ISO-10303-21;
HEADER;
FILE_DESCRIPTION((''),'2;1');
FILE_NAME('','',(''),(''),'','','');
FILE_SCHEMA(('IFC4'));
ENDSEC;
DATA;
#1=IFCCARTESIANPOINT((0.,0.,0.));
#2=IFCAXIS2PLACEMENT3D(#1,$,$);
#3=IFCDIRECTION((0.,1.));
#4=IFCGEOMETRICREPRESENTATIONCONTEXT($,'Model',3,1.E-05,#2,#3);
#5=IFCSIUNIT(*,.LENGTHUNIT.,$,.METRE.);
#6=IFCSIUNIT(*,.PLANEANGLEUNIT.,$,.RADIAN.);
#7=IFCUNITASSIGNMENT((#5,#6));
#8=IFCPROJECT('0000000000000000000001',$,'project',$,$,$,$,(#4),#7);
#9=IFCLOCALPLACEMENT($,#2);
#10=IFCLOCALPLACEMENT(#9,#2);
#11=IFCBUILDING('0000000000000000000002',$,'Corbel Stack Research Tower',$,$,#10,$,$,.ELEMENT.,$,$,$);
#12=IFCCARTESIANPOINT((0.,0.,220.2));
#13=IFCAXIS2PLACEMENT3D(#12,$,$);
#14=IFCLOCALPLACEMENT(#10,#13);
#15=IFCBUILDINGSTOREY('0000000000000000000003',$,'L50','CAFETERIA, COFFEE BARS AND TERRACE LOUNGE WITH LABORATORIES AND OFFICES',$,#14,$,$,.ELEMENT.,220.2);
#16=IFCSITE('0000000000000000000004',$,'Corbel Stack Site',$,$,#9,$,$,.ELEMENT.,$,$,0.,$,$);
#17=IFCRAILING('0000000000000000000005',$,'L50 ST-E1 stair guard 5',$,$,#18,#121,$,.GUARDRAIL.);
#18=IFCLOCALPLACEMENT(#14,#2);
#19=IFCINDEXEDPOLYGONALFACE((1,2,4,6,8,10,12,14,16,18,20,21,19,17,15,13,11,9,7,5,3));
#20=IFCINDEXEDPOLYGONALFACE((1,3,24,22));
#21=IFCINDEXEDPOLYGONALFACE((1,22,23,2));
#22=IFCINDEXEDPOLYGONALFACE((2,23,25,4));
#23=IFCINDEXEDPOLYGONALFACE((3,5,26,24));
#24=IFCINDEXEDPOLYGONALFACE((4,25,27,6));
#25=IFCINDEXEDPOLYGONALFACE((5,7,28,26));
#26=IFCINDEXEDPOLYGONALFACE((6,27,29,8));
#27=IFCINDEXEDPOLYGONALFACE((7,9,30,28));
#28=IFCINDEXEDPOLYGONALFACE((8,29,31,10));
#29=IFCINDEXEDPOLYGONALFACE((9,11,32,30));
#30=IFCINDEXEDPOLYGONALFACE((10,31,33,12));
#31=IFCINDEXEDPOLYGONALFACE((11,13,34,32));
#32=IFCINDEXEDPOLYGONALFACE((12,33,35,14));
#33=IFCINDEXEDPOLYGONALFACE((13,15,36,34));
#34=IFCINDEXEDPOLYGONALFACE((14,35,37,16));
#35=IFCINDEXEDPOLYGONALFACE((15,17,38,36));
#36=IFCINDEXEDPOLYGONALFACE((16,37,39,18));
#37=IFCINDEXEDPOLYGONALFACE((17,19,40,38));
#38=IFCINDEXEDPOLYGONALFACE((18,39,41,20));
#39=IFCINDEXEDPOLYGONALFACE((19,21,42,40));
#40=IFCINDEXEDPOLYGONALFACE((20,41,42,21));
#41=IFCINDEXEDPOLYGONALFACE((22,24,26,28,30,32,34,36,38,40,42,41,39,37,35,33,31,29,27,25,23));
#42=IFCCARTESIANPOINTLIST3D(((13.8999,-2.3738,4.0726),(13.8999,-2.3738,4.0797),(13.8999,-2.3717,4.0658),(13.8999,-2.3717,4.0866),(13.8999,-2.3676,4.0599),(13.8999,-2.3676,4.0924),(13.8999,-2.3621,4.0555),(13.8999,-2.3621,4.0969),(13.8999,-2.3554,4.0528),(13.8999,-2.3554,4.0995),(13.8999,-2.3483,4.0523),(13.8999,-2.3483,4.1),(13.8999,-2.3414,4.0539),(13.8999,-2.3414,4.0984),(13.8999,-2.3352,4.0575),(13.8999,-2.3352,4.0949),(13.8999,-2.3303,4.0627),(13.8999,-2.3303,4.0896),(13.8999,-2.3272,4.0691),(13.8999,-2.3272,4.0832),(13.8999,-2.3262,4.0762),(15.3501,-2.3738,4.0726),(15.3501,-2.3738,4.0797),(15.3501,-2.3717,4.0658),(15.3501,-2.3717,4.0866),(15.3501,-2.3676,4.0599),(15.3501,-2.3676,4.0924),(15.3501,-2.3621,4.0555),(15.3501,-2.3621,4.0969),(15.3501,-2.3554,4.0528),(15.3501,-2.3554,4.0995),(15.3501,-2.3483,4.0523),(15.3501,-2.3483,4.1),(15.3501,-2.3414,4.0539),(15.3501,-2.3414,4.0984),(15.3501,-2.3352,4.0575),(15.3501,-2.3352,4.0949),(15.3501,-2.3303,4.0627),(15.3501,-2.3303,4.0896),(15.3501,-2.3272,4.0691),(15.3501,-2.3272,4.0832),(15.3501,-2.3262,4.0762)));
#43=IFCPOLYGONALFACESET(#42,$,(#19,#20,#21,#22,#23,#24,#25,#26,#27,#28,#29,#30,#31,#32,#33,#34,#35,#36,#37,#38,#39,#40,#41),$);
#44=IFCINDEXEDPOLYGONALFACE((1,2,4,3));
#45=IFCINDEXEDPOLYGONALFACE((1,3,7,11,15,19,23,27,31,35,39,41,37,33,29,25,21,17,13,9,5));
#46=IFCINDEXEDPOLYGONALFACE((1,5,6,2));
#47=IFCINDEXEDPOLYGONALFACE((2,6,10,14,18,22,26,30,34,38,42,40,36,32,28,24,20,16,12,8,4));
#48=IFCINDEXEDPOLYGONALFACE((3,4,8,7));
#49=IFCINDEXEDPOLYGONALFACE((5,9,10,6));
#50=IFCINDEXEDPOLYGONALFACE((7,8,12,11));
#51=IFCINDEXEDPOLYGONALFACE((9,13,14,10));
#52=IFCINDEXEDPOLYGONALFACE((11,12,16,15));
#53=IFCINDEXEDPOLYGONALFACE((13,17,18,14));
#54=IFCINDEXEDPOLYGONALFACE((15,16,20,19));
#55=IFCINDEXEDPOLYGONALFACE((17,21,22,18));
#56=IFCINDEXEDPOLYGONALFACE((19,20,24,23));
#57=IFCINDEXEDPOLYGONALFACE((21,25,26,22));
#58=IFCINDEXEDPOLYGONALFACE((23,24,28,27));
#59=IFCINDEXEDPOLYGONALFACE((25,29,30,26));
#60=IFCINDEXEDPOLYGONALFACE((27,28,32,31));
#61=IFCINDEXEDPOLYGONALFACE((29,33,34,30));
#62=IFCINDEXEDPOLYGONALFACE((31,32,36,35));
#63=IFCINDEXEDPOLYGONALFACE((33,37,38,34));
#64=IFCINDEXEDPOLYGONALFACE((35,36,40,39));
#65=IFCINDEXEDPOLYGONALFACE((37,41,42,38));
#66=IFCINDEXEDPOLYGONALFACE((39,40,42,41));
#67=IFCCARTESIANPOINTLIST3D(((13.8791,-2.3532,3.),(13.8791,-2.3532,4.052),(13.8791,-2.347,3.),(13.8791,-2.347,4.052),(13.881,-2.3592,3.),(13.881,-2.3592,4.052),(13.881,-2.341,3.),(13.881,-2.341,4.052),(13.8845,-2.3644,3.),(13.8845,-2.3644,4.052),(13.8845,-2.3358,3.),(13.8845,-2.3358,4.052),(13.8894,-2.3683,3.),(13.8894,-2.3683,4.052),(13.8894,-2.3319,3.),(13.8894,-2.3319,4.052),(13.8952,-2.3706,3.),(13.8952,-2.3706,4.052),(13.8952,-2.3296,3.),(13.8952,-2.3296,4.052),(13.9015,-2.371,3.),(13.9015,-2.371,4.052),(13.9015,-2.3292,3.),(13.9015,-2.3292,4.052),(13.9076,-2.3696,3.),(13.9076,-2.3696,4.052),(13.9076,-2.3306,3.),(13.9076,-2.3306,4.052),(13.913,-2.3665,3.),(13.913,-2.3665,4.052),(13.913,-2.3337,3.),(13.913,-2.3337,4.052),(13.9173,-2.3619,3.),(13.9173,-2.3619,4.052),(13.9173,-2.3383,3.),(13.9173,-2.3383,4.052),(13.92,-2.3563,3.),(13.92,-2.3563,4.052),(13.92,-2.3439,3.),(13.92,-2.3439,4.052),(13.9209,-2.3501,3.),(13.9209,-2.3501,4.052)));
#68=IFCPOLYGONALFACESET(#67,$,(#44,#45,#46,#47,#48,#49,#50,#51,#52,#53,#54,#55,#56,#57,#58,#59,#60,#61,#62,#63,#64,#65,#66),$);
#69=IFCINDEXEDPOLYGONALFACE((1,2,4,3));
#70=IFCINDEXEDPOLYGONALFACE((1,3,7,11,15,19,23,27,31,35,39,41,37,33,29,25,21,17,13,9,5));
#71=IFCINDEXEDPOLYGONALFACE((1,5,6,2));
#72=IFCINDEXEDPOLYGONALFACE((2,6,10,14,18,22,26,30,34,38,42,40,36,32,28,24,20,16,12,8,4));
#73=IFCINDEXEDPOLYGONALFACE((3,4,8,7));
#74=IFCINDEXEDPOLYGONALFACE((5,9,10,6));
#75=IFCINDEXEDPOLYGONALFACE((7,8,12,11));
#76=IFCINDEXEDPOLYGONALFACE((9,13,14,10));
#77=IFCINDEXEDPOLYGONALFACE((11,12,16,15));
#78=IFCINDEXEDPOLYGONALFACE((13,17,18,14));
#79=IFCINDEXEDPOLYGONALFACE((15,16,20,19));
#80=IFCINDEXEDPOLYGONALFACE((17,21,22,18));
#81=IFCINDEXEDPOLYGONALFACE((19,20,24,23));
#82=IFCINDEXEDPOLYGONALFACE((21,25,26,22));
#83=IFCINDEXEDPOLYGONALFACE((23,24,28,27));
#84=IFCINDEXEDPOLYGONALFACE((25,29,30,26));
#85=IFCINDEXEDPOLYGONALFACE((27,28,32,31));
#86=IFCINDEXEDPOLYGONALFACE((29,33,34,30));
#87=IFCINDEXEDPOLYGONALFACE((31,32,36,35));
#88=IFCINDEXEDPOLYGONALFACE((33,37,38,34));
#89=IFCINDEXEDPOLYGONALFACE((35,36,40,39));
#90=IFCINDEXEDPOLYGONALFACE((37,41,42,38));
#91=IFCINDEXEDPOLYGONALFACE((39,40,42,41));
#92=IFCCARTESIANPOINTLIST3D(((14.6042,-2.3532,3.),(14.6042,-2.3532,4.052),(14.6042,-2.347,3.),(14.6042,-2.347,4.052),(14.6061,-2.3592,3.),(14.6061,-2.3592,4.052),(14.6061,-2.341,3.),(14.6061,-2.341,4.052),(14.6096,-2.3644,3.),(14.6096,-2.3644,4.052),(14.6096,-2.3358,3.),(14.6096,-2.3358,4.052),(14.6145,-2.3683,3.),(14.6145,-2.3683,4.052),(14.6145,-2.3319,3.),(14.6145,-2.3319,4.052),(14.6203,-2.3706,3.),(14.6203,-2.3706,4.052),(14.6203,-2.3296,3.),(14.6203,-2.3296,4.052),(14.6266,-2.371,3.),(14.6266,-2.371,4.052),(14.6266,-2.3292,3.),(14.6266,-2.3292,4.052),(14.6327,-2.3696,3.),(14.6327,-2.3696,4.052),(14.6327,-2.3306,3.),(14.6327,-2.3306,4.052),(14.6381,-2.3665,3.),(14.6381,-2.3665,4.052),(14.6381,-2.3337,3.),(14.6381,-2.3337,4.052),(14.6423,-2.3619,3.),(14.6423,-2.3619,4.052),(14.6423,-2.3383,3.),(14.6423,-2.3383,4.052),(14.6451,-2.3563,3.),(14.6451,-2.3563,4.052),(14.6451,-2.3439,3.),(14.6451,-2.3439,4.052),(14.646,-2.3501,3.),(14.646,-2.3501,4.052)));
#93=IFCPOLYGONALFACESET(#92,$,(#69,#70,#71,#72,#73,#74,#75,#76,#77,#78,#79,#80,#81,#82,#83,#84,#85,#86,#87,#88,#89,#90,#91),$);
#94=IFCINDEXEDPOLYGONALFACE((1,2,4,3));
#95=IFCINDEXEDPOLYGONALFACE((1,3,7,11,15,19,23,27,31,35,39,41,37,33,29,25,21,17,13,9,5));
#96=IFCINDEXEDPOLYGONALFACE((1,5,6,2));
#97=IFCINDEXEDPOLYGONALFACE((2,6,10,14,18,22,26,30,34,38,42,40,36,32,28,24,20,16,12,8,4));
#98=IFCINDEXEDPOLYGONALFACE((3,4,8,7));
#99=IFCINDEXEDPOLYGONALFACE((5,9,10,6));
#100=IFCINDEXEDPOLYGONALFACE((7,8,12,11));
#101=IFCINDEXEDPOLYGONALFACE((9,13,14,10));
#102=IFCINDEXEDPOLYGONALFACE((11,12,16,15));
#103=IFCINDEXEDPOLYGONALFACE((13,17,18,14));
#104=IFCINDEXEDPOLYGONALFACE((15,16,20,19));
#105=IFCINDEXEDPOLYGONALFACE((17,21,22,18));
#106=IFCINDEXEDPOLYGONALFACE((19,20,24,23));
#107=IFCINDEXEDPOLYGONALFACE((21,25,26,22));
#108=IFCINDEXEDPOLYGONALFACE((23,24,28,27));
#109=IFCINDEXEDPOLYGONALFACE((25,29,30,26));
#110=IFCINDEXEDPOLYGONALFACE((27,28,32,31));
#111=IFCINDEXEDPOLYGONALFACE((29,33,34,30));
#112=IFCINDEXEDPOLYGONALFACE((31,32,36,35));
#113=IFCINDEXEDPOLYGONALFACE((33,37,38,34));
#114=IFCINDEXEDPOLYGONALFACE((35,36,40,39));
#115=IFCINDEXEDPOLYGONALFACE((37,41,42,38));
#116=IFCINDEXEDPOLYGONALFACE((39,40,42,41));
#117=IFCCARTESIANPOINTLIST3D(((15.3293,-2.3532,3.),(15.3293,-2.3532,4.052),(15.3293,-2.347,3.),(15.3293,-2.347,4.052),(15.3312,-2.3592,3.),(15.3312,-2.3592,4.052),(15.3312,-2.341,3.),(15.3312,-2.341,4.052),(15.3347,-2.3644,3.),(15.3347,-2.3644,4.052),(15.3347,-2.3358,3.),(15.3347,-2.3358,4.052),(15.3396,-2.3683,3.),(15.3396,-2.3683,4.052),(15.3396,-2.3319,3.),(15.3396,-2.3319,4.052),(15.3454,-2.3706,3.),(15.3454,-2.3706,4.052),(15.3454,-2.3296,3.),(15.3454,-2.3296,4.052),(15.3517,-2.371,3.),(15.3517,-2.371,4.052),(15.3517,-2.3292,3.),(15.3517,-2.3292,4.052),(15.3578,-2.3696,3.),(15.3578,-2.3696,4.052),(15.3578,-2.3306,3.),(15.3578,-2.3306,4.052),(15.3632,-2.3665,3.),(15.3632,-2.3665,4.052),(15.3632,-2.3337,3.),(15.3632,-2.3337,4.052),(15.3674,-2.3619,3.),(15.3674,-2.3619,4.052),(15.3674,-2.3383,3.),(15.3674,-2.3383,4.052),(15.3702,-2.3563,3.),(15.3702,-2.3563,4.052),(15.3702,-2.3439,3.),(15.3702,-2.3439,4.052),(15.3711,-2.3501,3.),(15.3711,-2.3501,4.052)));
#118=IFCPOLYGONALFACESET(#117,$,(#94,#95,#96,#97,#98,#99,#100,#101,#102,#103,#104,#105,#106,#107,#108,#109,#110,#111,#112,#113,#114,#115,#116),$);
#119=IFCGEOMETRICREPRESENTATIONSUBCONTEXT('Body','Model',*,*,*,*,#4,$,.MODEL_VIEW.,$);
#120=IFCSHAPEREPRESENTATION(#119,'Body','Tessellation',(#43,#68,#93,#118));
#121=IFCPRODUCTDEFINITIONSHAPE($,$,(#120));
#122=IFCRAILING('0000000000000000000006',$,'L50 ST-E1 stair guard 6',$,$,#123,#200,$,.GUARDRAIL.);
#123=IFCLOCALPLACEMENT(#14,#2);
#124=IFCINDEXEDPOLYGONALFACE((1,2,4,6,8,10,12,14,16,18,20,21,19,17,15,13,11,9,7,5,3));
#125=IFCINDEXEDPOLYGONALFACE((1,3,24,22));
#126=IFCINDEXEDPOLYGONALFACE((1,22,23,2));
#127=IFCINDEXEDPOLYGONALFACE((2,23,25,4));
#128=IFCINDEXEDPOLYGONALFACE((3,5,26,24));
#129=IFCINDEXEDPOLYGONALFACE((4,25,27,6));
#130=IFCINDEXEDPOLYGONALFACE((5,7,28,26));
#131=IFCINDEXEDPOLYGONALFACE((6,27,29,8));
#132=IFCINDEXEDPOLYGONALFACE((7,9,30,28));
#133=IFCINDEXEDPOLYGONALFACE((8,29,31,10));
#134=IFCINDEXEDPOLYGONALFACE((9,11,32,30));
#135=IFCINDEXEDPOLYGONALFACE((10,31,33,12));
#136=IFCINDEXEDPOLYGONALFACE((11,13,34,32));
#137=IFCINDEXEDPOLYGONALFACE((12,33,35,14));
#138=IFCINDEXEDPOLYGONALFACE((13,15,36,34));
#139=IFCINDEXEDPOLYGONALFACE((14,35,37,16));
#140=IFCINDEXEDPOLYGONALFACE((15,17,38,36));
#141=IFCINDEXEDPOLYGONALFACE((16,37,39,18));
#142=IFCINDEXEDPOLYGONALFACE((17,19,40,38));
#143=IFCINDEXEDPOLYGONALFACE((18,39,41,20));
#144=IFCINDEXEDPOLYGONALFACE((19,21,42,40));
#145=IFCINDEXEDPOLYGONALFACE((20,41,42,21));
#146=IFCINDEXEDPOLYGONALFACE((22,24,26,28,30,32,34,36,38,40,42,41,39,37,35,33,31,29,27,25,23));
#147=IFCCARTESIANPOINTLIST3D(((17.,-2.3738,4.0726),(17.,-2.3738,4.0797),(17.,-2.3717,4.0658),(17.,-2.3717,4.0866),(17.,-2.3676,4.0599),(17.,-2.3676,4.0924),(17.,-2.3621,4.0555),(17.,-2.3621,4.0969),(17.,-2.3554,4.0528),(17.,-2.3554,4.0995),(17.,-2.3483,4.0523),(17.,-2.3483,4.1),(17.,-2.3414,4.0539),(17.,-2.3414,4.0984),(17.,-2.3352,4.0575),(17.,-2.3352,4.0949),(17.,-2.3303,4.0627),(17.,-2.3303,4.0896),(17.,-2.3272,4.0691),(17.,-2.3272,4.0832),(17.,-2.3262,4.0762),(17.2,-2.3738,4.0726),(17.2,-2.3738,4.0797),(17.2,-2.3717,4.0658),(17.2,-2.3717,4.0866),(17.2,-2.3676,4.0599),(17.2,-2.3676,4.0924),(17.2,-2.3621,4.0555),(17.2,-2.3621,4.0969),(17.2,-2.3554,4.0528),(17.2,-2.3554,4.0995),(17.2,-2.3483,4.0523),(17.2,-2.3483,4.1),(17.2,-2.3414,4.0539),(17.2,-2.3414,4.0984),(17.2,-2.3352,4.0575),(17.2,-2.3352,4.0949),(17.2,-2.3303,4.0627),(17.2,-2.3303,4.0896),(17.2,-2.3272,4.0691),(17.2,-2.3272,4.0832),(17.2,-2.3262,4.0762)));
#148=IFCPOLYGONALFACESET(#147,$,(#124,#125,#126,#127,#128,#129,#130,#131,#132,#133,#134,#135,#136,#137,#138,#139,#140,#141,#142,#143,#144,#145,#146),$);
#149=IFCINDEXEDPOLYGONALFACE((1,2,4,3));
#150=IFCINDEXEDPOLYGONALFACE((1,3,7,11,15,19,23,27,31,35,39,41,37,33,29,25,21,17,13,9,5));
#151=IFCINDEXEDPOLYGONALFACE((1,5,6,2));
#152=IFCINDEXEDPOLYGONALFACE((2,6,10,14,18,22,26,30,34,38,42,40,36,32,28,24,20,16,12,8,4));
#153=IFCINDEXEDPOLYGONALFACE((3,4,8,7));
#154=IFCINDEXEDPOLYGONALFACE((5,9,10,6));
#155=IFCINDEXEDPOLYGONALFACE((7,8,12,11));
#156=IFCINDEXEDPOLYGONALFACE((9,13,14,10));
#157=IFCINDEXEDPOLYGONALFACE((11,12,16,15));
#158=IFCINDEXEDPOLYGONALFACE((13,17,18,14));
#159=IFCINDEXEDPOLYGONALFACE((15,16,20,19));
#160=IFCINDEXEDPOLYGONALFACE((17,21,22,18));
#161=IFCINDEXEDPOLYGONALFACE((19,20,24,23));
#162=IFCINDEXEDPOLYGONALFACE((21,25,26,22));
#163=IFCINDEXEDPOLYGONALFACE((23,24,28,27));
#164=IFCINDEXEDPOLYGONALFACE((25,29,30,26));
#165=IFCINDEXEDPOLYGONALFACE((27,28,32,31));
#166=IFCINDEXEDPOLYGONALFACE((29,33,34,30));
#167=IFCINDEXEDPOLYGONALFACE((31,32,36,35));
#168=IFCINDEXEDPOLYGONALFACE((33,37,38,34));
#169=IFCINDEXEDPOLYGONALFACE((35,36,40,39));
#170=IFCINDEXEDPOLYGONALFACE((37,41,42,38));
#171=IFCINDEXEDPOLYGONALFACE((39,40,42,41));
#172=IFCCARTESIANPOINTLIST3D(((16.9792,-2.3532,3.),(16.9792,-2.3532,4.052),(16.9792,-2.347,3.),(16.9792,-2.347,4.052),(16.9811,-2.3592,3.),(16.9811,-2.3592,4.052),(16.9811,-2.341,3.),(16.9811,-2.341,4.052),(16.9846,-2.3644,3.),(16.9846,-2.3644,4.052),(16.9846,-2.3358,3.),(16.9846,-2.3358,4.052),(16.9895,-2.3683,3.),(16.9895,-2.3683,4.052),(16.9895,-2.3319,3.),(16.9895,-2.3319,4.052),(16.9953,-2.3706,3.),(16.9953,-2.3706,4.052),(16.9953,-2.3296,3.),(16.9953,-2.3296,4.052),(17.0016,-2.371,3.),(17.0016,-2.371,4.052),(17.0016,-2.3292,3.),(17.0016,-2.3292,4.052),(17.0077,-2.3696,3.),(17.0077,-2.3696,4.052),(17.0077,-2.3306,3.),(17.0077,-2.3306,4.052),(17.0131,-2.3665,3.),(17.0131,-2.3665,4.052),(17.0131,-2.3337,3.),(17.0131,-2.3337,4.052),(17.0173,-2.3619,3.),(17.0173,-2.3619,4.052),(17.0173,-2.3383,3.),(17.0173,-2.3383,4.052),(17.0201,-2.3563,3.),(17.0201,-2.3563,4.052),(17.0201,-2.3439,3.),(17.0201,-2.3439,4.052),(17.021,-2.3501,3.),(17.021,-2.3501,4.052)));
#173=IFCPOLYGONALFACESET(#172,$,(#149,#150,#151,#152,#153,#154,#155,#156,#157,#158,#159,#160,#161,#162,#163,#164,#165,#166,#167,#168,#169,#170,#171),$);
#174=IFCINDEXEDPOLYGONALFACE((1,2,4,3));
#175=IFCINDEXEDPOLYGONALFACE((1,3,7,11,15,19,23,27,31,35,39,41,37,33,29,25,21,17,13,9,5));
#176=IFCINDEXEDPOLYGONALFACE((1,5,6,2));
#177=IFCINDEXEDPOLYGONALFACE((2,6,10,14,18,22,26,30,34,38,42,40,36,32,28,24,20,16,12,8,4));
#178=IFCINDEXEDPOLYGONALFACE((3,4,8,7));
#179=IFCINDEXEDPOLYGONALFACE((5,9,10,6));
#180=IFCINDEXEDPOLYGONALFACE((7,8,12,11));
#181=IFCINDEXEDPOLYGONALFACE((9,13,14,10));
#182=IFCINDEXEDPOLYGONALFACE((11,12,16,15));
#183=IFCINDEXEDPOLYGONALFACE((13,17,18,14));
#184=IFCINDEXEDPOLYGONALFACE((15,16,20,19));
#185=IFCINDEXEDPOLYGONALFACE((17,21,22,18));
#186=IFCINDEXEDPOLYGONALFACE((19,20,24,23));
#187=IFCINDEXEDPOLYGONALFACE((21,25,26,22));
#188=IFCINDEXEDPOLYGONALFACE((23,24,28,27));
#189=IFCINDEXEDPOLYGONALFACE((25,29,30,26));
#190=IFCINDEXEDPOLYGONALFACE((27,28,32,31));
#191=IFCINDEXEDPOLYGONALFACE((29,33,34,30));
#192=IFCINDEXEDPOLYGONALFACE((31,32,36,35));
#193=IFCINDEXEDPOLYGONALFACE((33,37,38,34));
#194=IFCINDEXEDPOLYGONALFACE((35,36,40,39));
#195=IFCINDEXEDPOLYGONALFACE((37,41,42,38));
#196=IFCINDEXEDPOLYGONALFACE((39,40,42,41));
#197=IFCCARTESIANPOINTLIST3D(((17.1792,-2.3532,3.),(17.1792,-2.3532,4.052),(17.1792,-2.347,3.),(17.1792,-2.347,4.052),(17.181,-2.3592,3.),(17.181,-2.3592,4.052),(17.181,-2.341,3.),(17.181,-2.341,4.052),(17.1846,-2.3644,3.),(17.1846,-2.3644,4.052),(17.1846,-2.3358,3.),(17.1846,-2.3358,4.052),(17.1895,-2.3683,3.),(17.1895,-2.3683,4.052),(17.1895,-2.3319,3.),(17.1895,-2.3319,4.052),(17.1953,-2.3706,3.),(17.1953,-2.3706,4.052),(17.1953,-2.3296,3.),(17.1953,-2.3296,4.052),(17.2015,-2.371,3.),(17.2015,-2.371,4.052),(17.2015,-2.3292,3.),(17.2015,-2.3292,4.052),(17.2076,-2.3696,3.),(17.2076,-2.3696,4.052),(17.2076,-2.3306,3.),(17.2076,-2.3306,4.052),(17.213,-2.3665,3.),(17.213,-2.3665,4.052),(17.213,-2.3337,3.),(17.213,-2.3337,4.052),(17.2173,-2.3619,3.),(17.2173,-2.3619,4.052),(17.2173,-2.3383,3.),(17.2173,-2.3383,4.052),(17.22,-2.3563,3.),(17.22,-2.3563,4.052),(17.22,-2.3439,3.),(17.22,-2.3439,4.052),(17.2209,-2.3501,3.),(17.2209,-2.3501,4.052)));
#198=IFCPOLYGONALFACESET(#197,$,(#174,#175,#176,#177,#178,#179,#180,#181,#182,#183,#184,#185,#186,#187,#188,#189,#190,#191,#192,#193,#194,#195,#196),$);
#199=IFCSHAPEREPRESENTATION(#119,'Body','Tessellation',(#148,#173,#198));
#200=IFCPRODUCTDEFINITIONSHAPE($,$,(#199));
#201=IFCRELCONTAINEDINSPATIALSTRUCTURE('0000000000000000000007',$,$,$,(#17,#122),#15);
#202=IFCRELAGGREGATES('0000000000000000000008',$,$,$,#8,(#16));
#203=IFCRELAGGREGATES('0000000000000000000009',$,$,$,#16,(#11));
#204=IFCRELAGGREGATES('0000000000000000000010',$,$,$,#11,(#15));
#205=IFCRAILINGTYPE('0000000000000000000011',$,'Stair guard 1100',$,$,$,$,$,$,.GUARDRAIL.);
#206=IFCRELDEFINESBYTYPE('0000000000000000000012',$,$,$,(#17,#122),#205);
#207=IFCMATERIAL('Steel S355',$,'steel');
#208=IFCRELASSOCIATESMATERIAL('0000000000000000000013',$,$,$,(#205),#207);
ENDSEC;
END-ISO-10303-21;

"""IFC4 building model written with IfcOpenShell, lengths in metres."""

from ifc_helpers import new_model, si_unit, direction, frame, origin, origin_2d, place, context, subcontext, project, spatial, circle, extrude, material, type_object, element, save


model = new_model("IFC4")

# Units and contexts
model_context = context("Model", 3, precision=1e-05, world=origin(), true_north=direction((0.0, 1.0)))
body_context = subcontext(model_context, "Body", "Model", "MODEL_VIEW")
ifc_project = project(units=[si_unit("LENGTHUNIT", "METRE"), si_unit("PLANEANGLEUNIT", "RADIAN")], contexts=[model_context])

# Site, building, storey
site_placement = place(None, origin())
site = spatial("IfcSite", under=ifc_project, at=site_placement, Name="Corbel Stack Site", CompositionType="ELEMENT", RefElevation=0.0)
building_placement = place(site_placement, origin())
building = spatial("IfcBuilding", under=site, at=building_placement, Name="Corbel Stack Research Tower", CompositionType="ELEMENT")
storey_placement = place(building_placement, frame((0.0, 0.0, 220.2)))
storey = spatial("IfcBuildingStorey", under=building, at=storey_placement, Name="L50", Description="CAFETERIA, COFFEE BARS AND TERRACE LOUNGE WITH LABORATORIES AND OFFICES", CompositionType="ELEMENT", Elevation=220.2)

# Railings
ifc_material_1 = material(Name="Steel S355", Category="steel")
railing_type_1 = type_object("IfcRailingType", Name="Stair guard 1100", PredefinedType="GUARDRAIL", material=ifc_material_1)
railing_1_placement = place(storey_placement, frame((13.8999, -2.3501, 3.0)))
element("IfcRailing", 1, at=railing_1_placement, inside=storey, type_object=railing_type_1, Name="L50 ST-E1 stair guard 5", PredefinedType="GUARDRAIL", context=body_context, shape_type="SweptSolid", body=[
    extrude(circle(Radius=0.0239, at=origin_2d()), frame((0.0, 0.0, 1.0762), z_axis=(1.0, 0.0, 0.0), x_axis=(0.0, 1.0, 0.0)), (0.0, 0.0, 1.0), 1.4502),
    extrude(circle(Radius=0.021, at=origin_2d()), origin(), (0.0, 0.0, 1.0), 1.052),
    extrude(circle(Radius=0.021, at=origin_2d()), frame((0.7251, 0.0, 0.0)), (0.0, 0.0, 1.0), 1.052),
    extrude(circle(Radius=0.021, at=origin_2d()), frame((1.4502, 0.0, 0.0)), (0.0, 0.0, 1.0), 1.052),
])
railing_2_placement = place(storey_placement, frame((17.0, -2.3501, 3.0)))
element("IfcRailing", 2, at=railing_2_placement, inside=storey, type_object=railing_type_1, Name="L50 ST-E1 stair guard 6", PredefinedType="GUARDRAIL", context=body_context, shape_type="SweptSolid", body=[
    extrude(circle(Radius=0.0239, at=origin_2d()), frame((0.0, 0.0, 1.0762), z_axis=(1.0, 0.0, 0.0), x_axis=(0.0, 1.0, 0.0)), (0.0, 0.0, 1.0), 0.2),
    extrude(circle(Radius=0.021, at=origin_2d()), origin(), (0.0, 0.0, 1.0), 1.052),
    extrude(circle(Radius=0.021, at=origin_2d()), frame((0.2, 0.0, 0.0)), (0.0, 0.0, 1.0), 1.052),
])

save(model, "model.ifc")
